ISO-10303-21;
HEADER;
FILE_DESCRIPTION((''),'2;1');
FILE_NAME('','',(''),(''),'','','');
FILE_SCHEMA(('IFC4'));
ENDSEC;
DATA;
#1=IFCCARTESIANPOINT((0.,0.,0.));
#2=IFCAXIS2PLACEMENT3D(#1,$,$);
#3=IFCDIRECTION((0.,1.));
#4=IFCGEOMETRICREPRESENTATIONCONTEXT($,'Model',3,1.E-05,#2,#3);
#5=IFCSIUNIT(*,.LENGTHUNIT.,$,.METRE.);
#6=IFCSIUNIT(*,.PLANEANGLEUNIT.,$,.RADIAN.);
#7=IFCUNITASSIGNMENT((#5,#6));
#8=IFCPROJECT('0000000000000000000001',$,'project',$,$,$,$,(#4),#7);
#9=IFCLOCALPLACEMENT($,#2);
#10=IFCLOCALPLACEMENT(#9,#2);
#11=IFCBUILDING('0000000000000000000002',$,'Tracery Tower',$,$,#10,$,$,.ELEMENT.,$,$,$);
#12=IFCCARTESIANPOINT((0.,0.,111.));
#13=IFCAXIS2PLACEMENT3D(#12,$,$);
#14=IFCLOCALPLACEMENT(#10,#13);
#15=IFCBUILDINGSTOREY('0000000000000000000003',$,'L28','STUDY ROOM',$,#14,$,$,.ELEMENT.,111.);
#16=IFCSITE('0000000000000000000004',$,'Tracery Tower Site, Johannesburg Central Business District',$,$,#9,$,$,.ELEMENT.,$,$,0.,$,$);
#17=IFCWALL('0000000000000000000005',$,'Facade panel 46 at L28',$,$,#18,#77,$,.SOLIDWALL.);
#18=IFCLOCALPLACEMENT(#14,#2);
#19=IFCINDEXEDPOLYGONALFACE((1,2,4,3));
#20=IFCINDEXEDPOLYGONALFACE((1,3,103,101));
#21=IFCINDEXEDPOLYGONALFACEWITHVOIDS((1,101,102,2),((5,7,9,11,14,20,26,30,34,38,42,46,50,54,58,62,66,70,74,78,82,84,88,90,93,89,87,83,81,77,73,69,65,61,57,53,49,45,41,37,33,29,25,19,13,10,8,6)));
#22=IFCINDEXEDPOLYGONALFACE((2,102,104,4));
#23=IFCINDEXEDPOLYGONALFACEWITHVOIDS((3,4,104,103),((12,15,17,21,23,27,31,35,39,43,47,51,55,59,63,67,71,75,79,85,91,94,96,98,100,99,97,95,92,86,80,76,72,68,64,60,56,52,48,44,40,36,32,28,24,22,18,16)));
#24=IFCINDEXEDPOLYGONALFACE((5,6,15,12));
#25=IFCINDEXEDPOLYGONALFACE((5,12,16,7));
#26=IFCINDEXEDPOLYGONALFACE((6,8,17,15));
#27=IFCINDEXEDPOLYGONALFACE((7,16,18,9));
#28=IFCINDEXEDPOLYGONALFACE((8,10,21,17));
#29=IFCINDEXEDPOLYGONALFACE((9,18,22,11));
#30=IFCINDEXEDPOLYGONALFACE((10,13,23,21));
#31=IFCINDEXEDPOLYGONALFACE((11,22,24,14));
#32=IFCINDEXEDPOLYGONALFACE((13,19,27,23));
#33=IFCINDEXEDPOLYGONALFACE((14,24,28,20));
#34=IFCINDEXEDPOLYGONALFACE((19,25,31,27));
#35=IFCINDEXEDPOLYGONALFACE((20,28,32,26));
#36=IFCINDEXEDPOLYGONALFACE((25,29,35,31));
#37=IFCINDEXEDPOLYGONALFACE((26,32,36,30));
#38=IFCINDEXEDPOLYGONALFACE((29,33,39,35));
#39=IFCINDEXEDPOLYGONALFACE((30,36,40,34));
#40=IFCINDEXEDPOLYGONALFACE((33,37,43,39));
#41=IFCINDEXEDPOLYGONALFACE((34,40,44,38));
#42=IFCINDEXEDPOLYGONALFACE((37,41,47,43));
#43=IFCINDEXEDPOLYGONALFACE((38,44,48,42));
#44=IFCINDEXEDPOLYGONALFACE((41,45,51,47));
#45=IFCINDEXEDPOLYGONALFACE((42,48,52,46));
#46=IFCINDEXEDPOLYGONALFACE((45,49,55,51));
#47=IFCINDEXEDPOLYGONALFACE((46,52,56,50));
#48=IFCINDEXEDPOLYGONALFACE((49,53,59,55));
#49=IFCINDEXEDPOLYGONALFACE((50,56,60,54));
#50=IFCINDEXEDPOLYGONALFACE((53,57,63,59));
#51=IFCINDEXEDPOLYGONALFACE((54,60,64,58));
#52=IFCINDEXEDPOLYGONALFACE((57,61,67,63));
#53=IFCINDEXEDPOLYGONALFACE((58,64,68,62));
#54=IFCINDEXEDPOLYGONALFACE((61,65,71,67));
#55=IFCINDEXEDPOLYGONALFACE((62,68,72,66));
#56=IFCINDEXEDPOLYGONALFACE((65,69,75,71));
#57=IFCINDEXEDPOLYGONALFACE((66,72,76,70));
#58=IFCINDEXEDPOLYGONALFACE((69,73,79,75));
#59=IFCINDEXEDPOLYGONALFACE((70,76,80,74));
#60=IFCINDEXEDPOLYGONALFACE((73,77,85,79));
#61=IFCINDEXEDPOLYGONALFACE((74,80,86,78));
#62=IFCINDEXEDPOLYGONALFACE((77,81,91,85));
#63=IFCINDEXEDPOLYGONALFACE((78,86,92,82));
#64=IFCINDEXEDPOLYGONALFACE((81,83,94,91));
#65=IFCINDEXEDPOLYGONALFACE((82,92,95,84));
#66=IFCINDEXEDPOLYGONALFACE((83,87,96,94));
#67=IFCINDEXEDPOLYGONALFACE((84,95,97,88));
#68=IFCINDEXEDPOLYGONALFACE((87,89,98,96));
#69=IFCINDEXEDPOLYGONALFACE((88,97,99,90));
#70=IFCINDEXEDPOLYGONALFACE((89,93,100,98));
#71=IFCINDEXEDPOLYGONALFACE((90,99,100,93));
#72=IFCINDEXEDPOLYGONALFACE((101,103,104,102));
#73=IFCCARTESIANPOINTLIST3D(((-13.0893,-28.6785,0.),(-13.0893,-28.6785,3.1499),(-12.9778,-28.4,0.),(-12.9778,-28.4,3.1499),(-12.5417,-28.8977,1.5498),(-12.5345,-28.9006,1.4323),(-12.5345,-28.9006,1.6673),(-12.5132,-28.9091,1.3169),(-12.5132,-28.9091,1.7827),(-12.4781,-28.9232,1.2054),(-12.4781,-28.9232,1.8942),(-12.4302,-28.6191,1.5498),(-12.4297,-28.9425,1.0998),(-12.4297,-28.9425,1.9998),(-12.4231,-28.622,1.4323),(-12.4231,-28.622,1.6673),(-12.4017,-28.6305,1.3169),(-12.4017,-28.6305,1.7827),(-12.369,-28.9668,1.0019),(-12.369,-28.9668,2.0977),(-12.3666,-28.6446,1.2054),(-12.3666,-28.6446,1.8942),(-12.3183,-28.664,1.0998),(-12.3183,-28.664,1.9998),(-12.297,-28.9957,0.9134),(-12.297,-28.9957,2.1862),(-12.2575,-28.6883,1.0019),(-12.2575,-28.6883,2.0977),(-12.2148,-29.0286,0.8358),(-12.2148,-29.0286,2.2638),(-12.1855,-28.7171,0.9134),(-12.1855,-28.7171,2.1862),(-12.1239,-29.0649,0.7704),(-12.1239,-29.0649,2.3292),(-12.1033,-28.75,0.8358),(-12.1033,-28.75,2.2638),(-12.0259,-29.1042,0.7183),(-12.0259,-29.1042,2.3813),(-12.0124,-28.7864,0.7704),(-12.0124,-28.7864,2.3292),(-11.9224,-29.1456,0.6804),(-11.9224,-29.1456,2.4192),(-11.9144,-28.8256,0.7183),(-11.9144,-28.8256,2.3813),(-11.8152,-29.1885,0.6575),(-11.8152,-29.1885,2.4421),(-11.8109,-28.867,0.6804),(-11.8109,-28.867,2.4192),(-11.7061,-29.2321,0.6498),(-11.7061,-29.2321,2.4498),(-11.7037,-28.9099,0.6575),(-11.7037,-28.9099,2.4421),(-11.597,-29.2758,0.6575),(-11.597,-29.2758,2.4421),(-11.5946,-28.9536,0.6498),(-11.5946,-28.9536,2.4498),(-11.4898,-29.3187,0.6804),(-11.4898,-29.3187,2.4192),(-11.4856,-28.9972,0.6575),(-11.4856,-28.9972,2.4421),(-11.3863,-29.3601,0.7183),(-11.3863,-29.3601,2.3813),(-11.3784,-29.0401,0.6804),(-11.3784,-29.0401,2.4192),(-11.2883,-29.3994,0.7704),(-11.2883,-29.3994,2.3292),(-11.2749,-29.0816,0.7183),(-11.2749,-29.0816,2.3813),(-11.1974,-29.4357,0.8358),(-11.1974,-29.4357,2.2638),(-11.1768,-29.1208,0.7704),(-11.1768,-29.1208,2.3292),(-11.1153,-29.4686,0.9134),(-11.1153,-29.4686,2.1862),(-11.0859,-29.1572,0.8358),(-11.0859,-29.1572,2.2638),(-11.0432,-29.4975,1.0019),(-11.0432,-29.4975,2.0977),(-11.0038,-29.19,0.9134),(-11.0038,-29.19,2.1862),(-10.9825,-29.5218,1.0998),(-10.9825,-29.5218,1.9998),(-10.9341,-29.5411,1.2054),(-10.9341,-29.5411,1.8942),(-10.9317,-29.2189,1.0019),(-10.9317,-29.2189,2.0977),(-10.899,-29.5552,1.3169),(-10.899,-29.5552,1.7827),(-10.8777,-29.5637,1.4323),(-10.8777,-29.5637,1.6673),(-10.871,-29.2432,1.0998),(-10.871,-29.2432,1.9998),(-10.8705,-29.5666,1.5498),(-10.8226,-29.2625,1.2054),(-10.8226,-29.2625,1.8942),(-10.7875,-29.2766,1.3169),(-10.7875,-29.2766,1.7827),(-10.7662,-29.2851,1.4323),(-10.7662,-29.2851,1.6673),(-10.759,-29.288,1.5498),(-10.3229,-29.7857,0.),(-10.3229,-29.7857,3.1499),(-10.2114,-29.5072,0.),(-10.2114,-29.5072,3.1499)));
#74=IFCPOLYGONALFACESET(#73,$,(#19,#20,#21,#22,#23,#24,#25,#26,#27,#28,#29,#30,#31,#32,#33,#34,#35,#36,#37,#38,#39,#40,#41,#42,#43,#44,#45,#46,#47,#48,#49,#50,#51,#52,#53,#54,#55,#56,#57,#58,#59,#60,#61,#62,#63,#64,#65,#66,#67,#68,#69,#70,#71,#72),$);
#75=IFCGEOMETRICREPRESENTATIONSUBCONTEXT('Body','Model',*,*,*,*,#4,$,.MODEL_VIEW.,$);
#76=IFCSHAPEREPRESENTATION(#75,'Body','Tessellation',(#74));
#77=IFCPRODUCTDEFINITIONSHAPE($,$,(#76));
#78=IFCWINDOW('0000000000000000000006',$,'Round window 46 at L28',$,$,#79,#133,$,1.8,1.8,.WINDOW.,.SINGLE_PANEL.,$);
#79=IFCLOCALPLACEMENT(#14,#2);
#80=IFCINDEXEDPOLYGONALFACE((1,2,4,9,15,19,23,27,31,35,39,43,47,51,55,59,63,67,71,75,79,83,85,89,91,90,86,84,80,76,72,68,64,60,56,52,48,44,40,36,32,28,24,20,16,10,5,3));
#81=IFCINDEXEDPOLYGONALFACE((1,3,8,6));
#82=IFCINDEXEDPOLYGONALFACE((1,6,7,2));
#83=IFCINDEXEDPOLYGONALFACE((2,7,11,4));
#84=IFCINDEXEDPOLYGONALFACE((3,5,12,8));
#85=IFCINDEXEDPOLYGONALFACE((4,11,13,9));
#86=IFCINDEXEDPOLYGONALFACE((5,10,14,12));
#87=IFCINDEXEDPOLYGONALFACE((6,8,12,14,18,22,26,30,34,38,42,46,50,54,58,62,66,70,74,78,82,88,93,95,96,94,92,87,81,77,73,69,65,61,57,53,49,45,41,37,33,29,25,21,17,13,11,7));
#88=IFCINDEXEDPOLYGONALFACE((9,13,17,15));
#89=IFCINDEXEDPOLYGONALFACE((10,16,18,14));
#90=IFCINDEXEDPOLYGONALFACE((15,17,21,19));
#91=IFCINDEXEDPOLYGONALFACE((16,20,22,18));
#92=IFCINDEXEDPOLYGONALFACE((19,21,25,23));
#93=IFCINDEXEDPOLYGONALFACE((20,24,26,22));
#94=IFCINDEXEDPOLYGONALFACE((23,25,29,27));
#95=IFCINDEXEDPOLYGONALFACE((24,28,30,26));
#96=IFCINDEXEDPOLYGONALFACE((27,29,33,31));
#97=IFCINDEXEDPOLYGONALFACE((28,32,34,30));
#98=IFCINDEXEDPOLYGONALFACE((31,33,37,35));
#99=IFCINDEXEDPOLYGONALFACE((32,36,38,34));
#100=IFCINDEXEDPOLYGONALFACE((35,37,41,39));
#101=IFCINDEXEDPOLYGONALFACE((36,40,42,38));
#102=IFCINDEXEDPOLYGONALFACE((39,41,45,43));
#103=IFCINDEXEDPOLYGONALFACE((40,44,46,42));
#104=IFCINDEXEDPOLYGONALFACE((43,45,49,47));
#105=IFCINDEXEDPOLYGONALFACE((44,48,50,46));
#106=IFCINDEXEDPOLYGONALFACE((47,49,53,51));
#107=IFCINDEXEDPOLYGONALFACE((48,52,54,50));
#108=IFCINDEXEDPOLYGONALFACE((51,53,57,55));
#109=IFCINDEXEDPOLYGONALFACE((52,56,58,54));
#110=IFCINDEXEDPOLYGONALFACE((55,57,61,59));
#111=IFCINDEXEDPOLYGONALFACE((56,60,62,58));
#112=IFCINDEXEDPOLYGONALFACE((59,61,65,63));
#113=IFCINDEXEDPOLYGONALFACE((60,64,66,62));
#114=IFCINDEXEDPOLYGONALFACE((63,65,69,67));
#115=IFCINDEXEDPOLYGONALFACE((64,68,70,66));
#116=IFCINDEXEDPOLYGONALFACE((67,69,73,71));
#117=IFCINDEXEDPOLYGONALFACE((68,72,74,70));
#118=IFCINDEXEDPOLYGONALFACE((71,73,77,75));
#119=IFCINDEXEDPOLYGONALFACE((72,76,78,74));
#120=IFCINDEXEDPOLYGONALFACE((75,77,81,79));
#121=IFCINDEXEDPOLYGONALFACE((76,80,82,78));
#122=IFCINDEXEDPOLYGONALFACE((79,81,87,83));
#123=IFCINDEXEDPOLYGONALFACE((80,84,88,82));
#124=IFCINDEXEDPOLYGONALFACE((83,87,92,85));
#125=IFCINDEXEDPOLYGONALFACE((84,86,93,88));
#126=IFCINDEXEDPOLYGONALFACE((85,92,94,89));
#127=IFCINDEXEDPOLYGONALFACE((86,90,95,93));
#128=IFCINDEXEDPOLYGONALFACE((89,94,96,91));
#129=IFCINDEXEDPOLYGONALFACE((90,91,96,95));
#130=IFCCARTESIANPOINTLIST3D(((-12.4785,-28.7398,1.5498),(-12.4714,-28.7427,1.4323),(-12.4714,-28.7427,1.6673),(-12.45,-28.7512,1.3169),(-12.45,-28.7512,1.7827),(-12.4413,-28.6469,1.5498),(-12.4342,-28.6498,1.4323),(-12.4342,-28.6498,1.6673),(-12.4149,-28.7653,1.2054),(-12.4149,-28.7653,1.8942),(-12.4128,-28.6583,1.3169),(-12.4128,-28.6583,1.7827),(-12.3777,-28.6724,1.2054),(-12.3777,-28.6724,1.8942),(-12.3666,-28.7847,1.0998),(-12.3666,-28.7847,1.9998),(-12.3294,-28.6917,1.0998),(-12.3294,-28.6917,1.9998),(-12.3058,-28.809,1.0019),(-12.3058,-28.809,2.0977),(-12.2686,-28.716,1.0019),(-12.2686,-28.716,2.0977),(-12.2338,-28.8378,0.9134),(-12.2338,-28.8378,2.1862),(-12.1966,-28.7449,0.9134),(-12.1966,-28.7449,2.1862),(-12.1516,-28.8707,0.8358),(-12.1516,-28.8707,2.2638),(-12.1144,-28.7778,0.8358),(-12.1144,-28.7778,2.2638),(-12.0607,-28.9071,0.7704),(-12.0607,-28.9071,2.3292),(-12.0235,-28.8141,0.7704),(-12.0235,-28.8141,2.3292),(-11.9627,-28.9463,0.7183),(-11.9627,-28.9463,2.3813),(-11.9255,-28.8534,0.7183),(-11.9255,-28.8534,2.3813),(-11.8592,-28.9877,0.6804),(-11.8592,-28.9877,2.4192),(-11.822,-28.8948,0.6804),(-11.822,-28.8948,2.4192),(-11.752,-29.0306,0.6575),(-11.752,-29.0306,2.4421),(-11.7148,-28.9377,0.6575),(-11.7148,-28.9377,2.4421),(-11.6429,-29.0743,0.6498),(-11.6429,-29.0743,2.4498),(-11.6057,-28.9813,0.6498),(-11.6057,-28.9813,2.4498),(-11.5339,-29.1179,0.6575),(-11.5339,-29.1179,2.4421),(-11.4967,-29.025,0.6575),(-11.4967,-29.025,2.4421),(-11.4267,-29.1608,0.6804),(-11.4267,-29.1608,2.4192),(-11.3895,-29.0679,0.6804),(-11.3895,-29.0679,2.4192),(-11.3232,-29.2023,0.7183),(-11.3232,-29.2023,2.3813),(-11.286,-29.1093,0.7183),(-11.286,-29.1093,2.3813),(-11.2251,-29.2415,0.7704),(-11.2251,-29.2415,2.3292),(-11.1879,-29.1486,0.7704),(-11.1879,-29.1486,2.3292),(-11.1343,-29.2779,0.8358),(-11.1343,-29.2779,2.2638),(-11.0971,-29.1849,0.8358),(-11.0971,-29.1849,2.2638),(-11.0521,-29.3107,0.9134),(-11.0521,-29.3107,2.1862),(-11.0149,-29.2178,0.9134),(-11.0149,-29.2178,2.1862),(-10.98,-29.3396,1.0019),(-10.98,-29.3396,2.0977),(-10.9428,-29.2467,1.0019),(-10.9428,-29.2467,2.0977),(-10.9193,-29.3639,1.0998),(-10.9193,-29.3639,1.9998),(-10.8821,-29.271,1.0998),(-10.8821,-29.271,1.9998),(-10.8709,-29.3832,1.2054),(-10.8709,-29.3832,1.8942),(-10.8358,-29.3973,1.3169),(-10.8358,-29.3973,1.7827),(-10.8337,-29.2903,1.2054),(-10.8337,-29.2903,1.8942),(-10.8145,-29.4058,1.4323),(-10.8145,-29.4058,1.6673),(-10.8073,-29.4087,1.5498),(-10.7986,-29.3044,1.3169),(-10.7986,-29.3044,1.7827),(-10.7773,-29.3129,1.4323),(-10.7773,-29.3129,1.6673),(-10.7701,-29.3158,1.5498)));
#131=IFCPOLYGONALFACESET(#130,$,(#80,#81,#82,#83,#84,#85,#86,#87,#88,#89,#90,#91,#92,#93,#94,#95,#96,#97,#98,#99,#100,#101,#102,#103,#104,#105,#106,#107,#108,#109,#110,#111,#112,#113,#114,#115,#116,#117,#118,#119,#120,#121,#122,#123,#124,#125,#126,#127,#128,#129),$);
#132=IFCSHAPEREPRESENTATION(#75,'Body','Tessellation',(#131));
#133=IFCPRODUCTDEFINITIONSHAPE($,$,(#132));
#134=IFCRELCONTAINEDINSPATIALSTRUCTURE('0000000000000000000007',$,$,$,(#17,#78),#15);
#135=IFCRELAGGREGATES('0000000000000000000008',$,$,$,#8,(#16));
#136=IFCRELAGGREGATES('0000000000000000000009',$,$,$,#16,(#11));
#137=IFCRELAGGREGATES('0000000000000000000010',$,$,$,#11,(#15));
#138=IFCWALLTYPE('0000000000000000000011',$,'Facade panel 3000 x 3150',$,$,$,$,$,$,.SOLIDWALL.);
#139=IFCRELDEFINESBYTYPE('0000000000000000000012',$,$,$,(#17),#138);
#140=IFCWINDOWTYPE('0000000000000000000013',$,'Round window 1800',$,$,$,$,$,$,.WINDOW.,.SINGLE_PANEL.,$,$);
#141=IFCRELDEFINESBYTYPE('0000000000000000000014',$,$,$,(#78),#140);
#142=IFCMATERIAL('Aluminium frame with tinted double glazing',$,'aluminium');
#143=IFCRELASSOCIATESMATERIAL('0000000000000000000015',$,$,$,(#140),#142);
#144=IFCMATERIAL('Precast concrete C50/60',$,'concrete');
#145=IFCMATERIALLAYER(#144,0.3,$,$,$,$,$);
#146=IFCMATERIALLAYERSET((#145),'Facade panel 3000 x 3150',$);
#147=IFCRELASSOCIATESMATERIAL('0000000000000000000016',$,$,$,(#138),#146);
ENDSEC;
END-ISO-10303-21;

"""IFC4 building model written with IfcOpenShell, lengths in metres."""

from ifc_helpers import new_model, si_unit, direction, frame, frame_2d, origin, origin_2d, place, context, subcontext, project, spatial, rectangle, circle, extrude, material, layer, layer_set, type_object, element, fill, save


model = new_model("IFC4")

# Units and contexts
model_context = context("Model", 3, precision=1e-05, world=origin(), true_north=direction((0.0, 1.0)))
body_context = subcontext(model_context, "Body", "Model", "MODEL_VIEW")
ifc_project = project(units=[si_unit("LENGTHUNIT", "METRE"), si_unit("PLANEANGLEUNIT", "RADIAN")], contexts=[model_context])

# Site, building, storey
site_placement = place(None, origin())
site = spatial("IfcSite", under=ifc_project, at=site_placement, Name="Tracery Tower Site, Johannesburg Central Business District", CompositionType="ELEMENT", RefElevation=0.0)
building_placement = place(site_placement, origin())
building = spatial("IfcBuilding", under=site, at=building_placement, Name="Tracery Tower", CompositionType="ELEMENT")
storey_placement = place(building_placement, frame((0.0, 0.0, 111.0)))
storey = spatial("IfcBuildingStorey", under=building, at=storey_placement, Name="L28", Description="STUDY ROOM", CompositionType="ELEMENT", Elevation=111.0)

# Wall, opening, window
ifc_material_1 = material(Name="Aluminium frame with tinted double glazing", Category="aluminium")
window_type = type_object("IfcWindowType", Name="Round window 1800", PartitioningType="SINGLE_PANEL", PredefinedType="WINDOW", material=ifc_material_1)
ifc_material_2 = material(Name="Precast concrete C50/60", Category="concrete")
ifc_layer_1 = layer(ifc_material_2, 0.3)
ifc_layer_set_1 = layer_set([ifc_layer_1], Name="Facade panel 3000 x 3150")
wall_type_1 = type_object("IfcWallType", Name="Facade panel 3000 x 3150", PredefinedType="SOLIDWALL", material=ifc_layer_set_1)
wall_1_placement = place(storey_placement, frame((-13.0334, -28.5393, 0.0), z_axis=(0.0, 0.0, 1.0), x_axis=(0.928403, -0.371574, 0.0)))
wall_1 = element("IfcWall", 1, at=wall_1_placement, inside=storey, type_object=wall_type_1, Name="Facade panel 46 at L28", PredefinedType="SOLIDWALL", context=body_context, shape_type="SweptSolid", body=[
    extrude(rectangle(XDim=2.9797, YDim=0.3, at=frame_2d((1.4897, 0.0))), origin(), (0.0, 0.0, 1.0), 3.1499),
])
opening_1_placement = place(wall_1_placement, frame((1.4897, 0.0, 1.5498)))
opening_1 = element("IfcOpeningElement", 2, at=opening_1_placement, cuts=wall_1, PredefinedType="OPENING", context=body_context, shape_type="SweptSolid", body=[
    extrude(circle(Radius=0.9, at=origin_2d()), frame((0.0, 0.1599, 0.0), z_axis=(0.0, -1.0, 0.0), x_axis=(1.0, 0.0, 0.0)), (0.0, 0.0, 1.0), 0.3201),
])
window_1_placement = place(opening_1_placement, origin())
window_1 = element("IfcWindow", 3, at=window_1_placement, inside=storey, type_object=window_type, Name="Round window 46 at L28", OverallHeight=1.8, OverallWidth=1.8, PartitioningType="SINGLE_PANEL", PredefinedType="WINDOW", context=body_context, shape_type="SweptSolid", body=[
    extrude(circle(Radius=0.9, at=origin_2d()), frame((0.0, 0.1201, 0.0), z_axis=(0.0, -1.0, 0.0), x_axis=(1.0, 0.0, 0.0)), (0.0, 0.0, 1.0), 0.1001),
])
fill(opening_1, window_1)

save(model, "model.ifc")
